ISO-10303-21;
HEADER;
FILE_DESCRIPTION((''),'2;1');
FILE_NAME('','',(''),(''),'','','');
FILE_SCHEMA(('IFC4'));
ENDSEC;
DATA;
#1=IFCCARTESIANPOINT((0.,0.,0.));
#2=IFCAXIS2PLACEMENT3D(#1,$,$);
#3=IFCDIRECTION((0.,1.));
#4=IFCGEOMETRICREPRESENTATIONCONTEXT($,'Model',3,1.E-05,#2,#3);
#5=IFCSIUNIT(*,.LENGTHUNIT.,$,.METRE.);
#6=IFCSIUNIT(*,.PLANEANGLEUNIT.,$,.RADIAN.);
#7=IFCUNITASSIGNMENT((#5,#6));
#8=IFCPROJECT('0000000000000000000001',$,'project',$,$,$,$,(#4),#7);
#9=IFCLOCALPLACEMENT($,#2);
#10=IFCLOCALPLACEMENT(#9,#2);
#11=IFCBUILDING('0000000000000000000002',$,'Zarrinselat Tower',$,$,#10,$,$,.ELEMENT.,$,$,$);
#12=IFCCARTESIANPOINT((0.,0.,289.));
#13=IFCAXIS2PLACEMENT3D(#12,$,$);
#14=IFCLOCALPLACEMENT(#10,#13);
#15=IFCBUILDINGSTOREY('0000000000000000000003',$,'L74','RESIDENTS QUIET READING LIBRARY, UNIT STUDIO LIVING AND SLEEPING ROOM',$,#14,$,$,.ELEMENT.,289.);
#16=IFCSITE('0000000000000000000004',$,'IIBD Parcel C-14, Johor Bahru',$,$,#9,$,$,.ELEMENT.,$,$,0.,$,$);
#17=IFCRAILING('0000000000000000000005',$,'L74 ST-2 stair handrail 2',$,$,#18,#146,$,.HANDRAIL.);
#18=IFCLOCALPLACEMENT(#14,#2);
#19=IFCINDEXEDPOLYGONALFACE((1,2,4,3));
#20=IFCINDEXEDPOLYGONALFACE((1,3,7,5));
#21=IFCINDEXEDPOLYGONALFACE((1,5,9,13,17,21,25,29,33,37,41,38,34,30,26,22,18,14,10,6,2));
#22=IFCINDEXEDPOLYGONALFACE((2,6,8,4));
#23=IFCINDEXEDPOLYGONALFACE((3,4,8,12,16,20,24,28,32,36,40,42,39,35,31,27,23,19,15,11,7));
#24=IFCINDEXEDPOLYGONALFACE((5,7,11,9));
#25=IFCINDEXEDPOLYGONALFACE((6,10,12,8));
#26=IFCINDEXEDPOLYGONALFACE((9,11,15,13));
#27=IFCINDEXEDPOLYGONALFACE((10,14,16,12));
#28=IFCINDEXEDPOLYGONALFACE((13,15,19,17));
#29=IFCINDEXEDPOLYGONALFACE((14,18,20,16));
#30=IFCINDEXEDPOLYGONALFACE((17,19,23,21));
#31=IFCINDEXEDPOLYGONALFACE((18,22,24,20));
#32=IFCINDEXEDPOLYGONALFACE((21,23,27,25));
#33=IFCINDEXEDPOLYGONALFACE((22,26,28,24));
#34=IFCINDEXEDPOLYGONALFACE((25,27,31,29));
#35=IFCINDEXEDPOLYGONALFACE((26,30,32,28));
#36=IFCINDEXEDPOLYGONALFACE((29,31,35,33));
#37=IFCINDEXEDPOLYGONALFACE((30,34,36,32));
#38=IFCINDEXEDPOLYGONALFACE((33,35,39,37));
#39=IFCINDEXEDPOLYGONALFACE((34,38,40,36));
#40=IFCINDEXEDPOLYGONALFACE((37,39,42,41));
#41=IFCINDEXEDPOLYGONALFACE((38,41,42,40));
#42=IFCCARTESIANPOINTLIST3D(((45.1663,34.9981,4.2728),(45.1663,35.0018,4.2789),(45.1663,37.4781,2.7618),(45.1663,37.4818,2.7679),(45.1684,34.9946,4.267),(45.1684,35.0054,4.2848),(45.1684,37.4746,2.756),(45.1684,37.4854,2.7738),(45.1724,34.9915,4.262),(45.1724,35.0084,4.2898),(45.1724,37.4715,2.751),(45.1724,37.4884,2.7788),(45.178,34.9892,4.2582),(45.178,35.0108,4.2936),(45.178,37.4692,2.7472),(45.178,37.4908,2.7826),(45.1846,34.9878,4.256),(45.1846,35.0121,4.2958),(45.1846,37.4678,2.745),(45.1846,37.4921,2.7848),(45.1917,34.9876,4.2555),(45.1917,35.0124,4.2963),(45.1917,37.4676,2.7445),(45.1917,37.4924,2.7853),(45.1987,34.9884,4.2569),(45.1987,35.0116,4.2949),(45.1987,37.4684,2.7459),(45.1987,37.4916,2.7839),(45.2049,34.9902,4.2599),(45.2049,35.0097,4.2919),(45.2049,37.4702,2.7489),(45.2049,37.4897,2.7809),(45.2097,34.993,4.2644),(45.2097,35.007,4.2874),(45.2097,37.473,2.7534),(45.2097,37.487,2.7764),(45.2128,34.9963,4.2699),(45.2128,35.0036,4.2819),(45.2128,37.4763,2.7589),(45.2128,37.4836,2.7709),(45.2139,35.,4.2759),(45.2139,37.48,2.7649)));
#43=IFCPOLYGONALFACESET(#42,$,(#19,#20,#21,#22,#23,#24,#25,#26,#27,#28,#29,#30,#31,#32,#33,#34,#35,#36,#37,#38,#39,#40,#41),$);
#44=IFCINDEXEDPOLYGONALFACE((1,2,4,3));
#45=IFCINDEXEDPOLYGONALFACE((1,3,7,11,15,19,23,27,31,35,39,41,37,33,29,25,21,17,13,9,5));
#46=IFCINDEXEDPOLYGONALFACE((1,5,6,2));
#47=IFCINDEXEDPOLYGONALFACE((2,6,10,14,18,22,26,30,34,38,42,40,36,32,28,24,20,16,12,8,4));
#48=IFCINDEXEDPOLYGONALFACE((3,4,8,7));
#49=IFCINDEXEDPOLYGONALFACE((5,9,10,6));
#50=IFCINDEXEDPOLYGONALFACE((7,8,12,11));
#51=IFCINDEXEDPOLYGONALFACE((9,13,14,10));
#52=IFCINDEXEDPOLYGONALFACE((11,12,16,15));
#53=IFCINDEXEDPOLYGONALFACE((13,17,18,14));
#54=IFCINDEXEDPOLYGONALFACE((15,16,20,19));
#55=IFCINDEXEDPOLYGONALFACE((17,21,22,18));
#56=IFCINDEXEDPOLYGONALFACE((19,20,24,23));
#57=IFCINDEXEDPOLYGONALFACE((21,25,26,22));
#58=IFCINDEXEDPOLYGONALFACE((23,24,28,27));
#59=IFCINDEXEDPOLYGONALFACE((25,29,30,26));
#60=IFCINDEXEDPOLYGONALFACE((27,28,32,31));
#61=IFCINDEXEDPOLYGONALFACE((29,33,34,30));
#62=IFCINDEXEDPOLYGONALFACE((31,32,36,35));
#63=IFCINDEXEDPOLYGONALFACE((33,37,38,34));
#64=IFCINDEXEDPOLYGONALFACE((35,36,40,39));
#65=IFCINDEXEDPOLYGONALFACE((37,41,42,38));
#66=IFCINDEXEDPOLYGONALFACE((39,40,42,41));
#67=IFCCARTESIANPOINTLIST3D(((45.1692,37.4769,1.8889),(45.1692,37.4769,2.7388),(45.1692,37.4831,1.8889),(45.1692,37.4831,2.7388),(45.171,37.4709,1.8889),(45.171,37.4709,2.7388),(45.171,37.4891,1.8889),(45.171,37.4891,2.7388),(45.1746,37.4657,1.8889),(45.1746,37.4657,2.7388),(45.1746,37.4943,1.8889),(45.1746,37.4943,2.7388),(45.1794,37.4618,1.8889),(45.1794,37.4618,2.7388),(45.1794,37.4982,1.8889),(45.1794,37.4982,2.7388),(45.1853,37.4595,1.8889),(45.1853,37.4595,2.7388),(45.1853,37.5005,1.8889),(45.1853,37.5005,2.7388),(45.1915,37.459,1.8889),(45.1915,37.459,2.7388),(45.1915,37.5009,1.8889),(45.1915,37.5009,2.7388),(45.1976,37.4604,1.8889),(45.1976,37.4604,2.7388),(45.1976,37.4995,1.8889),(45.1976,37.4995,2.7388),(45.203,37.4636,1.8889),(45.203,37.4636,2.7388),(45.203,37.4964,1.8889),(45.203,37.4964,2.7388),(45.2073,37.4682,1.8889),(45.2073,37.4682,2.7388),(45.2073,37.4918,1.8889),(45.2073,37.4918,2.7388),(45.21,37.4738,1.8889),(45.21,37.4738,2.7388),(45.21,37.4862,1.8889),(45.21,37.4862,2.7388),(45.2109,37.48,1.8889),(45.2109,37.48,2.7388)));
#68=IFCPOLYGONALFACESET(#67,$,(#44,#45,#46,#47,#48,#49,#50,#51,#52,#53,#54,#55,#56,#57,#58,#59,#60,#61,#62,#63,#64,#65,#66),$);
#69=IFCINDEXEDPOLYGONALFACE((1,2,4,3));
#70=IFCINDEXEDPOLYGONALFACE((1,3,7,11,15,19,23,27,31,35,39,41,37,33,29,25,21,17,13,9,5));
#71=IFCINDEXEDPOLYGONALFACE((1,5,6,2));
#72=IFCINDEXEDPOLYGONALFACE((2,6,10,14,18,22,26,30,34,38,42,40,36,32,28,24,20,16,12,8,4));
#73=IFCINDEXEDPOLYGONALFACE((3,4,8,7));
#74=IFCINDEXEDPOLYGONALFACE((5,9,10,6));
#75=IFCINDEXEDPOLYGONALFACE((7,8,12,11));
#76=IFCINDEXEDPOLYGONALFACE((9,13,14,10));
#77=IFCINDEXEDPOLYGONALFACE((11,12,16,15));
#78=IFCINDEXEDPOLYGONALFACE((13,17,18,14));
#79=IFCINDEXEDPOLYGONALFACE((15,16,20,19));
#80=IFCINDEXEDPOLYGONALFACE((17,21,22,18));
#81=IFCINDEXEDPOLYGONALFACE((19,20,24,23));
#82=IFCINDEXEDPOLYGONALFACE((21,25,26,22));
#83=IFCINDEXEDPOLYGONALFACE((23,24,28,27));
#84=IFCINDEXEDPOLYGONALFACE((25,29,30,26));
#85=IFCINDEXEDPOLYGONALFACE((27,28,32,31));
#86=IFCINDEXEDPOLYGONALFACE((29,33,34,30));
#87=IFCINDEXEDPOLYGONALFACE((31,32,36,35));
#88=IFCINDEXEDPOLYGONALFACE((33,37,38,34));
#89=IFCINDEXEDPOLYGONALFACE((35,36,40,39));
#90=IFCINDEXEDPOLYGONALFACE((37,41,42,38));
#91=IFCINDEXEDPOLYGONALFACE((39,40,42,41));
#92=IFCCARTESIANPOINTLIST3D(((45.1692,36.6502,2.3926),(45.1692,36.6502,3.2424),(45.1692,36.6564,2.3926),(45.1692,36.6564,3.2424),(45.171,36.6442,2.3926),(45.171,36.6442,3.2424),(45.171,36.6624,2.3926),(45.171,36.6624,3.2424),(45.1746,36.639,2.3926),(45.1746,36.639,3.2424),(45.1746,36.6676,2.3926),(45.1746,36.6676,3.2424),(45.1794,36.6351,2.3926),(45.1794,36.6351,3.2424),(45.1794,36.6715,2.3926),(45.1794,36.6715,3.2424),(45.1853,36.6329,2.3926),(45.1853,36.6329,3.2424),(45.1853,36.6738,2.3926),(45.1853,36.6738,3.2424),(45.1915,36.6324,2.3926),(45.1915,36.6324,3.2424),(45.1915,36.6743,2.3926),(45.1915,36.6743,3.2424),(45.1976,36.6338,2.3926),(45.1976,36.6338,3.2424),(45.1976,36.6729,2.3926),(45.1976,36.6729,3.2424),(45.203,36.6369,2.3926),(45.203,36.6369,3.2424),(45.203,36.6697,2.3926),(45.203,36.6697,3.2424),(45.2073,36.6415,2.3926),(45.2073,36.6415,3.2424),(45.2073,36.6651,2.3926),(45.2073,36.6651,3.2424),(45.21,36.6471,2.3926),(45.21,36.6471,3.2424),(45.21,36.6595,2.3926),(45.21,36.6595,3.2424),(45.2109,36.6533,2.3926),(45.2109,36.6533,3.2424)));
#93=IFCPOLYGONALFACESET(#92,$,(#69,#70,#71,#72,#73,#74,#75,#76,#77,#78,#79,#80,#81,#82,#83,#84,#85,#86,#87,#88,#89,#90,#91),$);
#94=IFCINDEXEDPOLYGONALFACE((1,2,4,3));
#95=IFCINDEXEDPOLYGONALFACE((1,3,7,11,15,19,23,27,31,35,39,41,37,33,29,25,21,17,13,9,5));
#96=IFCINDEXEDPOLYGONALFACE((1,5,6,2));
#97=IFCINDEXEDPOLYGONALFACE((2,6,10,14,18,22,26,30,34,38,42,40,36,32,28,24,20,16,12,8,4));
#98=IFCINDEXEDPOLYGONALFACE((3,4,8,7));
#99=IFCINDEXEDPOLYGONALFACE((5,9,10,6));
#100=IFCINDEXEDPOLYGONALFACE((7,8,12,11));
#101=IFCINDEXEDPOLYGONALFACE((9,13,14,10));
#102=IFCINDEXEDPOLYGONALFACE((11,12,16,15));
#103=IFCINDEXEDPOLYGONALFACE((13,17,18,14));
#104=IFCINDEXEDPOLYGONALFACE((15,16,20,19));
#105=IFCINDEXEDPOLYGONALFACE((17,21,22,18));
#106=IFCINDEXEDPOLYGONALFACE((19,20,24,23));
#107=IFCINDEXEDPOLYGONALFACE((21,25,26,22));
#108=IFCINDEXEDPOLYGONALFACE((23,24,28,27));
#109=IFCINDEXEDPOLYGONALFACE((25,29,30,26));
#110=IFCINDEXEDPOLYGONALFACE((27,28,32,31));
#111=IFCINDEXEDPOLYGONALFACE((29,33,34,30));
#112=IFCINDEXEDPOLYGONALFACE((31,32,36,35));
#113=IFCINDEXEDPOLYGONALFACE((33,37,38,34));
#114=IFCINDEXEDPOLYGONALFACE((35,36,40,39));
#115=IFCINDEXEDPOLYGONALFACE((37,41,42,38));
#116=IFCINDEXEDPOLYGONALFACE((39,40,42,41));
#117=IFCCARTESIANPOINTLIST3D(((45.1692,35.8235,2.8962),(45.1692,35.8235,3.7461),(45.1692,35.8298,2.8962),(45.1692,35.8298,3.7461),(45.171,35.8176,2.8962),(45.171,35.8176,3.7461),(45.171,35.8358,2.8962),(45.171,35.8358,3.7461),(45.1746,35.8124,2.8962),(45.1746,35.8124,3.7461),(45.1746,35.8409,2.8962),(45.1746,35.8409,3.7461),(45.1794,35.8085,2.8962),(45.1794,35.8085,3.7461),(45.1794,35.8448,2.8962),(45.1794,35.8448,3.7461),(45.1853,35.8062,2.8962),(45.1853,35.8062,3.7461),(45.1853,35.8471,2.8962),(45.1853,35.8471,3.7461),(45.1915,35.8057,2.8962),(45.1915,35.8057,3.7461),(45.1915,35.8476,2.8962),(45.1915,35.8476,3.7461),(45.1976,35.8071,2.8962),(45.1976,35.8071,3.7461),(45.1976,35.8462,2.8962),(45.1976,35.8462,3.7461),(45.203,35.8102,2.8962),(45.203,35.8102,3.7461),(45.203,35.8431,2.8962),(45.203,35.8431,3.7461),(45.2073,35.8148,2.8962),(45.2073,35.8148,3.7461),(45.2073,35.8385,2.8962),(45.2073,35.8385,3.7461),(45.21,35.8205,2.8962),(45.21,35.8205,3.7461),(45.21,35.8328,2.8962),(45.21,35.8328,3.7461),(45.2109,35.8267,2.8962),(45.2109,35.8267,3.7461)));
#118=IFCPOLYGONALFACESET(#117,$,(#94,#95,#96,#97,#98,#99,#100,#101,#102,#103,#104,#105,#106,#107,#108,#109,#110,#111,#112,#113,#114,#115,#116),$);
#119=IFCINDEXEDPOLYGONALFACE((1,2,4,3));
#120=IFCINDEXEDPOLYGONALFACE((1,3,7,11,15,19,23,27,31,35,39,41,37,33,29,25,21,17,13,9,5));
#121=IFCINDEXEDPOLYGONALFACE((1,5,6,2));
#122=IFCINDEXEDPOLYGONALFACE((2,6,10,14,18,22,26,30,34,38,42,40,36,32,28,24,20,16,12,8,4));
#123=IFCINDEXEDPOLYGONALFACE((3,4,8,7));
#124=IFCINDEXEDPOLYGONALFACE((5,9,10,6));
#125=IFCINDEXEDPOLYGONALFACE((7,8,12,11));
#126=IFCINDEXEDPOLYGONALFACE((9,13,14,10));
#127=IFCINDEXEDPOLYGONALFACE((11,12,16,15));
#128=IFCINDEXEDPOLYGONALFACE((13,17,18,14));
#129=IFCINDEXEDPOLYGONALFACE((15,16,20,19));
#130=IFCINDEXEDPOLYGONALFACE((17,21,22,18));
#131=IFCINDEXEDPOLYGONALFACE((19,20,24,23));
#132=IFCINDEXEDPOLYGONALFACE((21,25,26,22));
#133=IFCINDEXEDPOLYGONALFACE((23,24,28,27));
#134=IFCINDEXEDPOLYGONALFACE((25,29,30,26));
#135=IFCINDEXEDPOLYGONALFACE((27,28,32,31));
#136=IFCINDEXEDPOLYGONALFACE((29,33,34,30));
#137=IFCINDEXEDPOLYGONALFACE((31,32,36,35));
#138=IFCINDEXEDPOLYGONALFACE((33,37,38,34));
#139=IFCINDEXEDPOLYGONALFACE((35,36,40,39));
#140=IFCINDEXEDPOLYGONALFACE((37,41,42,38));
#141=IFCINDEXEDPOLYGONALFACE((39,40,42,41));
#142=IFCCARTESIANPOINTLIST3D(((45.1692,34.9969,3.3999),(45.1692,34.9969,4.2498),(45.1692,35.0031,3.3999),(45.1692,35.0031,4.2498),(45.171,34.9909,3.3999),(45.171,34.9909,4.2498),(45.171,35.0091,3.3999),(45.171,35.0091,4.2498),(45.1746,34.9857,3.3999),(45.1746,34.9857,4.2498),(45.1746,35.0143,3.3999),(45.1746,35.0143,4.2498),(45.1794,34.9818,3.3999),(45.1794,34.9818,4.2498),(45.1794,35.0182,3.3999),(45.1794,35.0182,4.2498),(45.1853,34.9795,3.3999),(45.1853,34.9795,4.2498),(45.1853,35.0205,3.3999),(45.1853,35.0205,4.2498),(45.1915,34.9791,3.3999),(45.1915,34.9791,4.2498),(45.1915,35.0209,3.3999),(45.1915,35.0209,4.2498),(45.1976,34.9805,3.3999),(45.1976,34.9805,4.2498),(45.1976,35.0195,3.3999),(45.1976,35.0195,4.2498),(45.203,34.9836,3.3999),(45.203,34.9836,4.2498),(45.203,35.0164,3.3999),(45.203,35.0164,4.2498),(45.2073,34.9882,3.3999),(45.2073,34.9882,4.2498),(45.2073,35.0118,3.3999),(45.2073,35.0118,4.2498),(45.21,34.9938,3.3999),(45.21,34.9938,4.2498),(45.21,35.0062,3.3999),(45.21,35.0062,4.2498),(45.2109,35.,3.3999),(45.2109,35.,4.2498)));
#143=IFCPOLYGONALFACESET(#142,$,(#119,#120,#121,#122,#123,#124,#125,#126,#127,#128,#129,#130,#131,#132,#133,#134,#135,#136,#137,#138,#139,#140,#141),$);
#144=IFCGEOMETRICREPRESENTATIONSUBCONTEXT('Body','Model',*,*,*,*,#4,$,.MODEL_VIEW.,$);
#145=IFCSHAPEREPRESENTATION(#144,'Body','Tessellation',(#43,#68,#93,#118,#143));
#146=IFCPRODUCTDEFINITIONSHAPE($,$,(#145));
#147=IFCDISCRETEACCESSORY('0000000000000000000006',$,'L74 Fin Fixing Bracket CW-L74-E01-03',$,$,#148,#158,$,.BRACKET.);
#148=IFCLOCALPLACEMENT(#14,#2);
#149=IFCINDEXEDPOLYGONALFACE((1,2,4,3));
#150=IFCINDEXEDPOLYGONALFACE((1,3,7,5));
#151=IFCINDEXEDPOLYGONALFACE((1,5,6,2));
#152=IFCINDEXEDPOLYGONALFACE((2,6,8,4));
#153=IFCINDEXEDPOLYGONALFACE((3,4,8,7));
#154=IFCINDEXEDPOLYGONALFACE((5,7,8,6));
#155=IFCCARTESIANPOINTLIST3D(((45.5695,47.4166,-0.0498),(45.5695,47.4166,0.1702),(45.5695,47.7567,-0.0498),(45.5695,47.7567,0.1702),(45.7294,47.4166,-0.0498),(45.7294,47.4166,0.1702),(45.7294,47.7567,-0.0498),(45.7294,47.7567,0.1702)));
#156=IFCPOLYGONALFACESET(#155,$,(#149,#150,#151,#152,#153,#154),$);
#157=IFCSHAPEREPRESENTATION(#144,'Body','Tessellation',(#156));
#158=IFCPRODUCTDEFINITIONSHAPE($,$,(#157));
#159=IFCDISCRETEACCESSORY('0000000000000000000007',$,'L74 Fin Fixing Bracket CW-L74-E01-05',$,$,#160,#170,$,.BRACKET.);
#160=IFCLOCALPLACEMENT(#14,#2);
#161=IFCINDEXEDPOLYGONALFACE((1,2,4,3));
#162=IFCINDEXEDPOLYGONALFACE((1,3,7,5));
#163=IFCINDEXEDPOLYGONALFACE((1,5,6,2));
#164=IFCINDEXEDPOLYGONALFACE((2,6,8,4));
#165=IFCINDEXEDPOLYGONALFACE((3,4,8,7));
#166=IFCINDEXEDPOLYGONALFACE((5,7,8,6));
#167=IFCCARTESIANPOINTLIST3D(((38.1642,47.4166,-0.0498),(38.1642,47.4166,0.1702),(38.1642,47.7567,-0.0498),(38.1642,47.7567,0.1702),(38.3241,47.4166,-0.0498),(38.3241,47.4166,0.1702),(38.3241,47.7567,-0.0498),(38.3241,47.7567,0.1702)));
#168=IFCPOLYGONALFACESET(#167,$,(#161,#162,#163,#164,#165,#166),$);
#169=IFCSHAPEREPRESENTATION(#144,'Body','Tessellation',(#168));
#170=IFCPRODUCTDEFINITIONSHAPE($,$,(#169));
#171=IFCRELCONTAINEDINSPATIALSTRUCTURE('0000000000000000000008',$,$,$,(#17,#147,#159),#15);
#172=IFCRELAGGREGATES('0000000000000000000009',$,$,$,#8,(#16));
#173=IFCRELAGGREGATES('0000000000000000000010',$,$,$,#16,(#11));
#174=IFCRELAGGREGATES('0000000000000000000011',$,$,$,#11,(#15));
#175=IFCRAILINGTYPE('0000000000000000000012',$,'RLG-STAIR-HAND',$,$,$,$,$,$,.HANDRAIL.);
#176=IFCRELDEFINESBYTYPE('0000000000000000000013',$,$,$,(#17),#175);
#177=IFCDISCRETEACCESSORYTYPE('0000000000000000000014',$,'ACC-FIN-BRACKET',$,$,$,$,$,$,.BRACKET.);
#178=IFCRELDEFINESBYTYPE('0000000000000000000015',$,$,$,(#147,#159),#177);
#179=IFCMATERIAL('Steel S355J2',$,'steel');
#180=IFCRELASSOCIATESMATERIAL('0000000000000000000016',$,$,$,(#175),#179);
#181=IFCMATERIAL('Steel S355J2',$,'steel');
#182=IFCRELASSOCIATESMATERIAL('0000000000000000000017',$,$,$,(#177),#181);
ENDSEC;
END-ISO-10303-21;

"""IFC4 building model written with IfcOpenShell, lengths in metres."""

from ifc_helpers import new_model, si_unit, direction, frame, origin, origin_2d, place, context, subcontext, project, spatial, rectangle, circle, extrude, material, type_object, element, save


model = new_model("IFC4")

# Units and contexts
model_context = context("Model", 3, precision=1e-05, world=origin(), true_north=direction((0.0, 1.0)))
body_context = subcontext(model_context, "Body", "Model", "MODEL_VIEW")
ifc_project = project(units=[si_unit("LENGTHUNIT", "METRE"), si_unit("PLANEANGLEUNIT", "RADIAN")], contexts=[model_context])

# Site, building, storey
site_placement = place(None, origin())
site = spatial("IfcSite", under=ifc_project, at=site_placement, Name="IIBD Parcel C-14, Johor Bahru", CompositionType="ELEMENT", RefElevation=0.0)
building_placement = place(site_placement, origin())
building = spatial("IfcBuilding", under=site, at=building_placement, Name="Zarrinselat Tower", CompositionType="ELEMENT")
storey_placement = place(building_placement, frame((0.0, 0.0, 289.0)))
storey = spatial("IfcBuildingStorey", under=building, at=storey_placement, Name="L74", Description="RESIDENTS QUIET READING LIBRARY, UNIT STUDIO LIVING AND SLEEPING ROOM", CompositionType="ELEMENT", Elevation=289.0)

# Railing
ifc_material_1 = material(Name="Steel S355J2", Category="steel")
railing_type_1 = type_object("IfcRailingType", Name="RLG-STAIR-HAND", PredefinedType="HANDRAIL", material=ifc_material_1)
railing_1_placement = place(storey_placement, frame((45.1899, 37.48, 1.8889)))
element("IfcRailing", 1, at=railing_1_placement, inside=storey, type_object=railing_type_1, Name="L74 ST-2 stair handrail 2", PredefinedType="HANDRAIL", context=body_context, shape_type="SweptSolid", body=[
    extrude(circle(Radius=0.0239, at=origin_2d()), frame((0.0, 0.0, 0.876), z_axis=(0.0, -0.853979, 0.520307), x_axis=(1.0, 0.0, 0.0)), (0.0, 0.0, 1.0), 2.9041),
    extrude(circle(Radius=0.021, at=origin_2d()), origin(), (0.0, 0.0, 1.0), 0.8499),
    extrude(circle(Radius=0.021, at=origin_2d()), frame((0.0, -0.8267, 0.5037)), (0.0, 0.0, 1.0), 0.8499),
    extrude(circle(Radius=0.021, at=origin_2d()), frame((0.0, -1.6533, 1.0073)), (0.0, 0.0, 1.0), 0.8499),
    extrude(circle(Radius=0.021, at=origin_2d()), frame((0.0, -2.48, 1.511)), (0.0, 0.0, 1.0), 0.8499),
])

# Discrete accessories
ifc_material_2 = material(Name="Steel S355J2", Category="steel")
discrete_accessory_type = type_object("IfcDiscreteAccessoryType", Name="ACC-FIN-BRACKET", PredefinedType="BRACKET", material=ifc_material_2)
for number, where, z_axis, x_axis, name in (
    (2, (45.6494, 47.5867, -0.0498), (0.0, 0.0, 1.0), (0.0, 1.0, 0.0), "L74 Fin Fixing Bracket CW-L74-E01-03"),
    (3, (38.2441, 47.5867, -0.0498), (0.0, 0.0, 1.0), (0.0, 1.0, 0.0), "L74 Fin Fixing Bracket CW-L74-E01-05"),
):
    element("IfcDiscreteAccessory", number, at=place(storey_placement, frame(where, z_axis=z_axis, x_axis=x_axis)), inside=storey, type_object=discrete_accessory_type, Name=name, PredefinedType="BRACKET", context=body_context, shape_type="SweptSolid", body=[
        extrude(rectangle(XDim=0.3401, YDim=0.1599, at=origin_2d()), origin(), (0.0, 0.0, 1.0), 0.22),
    ])

save(model, "model.ifc")
